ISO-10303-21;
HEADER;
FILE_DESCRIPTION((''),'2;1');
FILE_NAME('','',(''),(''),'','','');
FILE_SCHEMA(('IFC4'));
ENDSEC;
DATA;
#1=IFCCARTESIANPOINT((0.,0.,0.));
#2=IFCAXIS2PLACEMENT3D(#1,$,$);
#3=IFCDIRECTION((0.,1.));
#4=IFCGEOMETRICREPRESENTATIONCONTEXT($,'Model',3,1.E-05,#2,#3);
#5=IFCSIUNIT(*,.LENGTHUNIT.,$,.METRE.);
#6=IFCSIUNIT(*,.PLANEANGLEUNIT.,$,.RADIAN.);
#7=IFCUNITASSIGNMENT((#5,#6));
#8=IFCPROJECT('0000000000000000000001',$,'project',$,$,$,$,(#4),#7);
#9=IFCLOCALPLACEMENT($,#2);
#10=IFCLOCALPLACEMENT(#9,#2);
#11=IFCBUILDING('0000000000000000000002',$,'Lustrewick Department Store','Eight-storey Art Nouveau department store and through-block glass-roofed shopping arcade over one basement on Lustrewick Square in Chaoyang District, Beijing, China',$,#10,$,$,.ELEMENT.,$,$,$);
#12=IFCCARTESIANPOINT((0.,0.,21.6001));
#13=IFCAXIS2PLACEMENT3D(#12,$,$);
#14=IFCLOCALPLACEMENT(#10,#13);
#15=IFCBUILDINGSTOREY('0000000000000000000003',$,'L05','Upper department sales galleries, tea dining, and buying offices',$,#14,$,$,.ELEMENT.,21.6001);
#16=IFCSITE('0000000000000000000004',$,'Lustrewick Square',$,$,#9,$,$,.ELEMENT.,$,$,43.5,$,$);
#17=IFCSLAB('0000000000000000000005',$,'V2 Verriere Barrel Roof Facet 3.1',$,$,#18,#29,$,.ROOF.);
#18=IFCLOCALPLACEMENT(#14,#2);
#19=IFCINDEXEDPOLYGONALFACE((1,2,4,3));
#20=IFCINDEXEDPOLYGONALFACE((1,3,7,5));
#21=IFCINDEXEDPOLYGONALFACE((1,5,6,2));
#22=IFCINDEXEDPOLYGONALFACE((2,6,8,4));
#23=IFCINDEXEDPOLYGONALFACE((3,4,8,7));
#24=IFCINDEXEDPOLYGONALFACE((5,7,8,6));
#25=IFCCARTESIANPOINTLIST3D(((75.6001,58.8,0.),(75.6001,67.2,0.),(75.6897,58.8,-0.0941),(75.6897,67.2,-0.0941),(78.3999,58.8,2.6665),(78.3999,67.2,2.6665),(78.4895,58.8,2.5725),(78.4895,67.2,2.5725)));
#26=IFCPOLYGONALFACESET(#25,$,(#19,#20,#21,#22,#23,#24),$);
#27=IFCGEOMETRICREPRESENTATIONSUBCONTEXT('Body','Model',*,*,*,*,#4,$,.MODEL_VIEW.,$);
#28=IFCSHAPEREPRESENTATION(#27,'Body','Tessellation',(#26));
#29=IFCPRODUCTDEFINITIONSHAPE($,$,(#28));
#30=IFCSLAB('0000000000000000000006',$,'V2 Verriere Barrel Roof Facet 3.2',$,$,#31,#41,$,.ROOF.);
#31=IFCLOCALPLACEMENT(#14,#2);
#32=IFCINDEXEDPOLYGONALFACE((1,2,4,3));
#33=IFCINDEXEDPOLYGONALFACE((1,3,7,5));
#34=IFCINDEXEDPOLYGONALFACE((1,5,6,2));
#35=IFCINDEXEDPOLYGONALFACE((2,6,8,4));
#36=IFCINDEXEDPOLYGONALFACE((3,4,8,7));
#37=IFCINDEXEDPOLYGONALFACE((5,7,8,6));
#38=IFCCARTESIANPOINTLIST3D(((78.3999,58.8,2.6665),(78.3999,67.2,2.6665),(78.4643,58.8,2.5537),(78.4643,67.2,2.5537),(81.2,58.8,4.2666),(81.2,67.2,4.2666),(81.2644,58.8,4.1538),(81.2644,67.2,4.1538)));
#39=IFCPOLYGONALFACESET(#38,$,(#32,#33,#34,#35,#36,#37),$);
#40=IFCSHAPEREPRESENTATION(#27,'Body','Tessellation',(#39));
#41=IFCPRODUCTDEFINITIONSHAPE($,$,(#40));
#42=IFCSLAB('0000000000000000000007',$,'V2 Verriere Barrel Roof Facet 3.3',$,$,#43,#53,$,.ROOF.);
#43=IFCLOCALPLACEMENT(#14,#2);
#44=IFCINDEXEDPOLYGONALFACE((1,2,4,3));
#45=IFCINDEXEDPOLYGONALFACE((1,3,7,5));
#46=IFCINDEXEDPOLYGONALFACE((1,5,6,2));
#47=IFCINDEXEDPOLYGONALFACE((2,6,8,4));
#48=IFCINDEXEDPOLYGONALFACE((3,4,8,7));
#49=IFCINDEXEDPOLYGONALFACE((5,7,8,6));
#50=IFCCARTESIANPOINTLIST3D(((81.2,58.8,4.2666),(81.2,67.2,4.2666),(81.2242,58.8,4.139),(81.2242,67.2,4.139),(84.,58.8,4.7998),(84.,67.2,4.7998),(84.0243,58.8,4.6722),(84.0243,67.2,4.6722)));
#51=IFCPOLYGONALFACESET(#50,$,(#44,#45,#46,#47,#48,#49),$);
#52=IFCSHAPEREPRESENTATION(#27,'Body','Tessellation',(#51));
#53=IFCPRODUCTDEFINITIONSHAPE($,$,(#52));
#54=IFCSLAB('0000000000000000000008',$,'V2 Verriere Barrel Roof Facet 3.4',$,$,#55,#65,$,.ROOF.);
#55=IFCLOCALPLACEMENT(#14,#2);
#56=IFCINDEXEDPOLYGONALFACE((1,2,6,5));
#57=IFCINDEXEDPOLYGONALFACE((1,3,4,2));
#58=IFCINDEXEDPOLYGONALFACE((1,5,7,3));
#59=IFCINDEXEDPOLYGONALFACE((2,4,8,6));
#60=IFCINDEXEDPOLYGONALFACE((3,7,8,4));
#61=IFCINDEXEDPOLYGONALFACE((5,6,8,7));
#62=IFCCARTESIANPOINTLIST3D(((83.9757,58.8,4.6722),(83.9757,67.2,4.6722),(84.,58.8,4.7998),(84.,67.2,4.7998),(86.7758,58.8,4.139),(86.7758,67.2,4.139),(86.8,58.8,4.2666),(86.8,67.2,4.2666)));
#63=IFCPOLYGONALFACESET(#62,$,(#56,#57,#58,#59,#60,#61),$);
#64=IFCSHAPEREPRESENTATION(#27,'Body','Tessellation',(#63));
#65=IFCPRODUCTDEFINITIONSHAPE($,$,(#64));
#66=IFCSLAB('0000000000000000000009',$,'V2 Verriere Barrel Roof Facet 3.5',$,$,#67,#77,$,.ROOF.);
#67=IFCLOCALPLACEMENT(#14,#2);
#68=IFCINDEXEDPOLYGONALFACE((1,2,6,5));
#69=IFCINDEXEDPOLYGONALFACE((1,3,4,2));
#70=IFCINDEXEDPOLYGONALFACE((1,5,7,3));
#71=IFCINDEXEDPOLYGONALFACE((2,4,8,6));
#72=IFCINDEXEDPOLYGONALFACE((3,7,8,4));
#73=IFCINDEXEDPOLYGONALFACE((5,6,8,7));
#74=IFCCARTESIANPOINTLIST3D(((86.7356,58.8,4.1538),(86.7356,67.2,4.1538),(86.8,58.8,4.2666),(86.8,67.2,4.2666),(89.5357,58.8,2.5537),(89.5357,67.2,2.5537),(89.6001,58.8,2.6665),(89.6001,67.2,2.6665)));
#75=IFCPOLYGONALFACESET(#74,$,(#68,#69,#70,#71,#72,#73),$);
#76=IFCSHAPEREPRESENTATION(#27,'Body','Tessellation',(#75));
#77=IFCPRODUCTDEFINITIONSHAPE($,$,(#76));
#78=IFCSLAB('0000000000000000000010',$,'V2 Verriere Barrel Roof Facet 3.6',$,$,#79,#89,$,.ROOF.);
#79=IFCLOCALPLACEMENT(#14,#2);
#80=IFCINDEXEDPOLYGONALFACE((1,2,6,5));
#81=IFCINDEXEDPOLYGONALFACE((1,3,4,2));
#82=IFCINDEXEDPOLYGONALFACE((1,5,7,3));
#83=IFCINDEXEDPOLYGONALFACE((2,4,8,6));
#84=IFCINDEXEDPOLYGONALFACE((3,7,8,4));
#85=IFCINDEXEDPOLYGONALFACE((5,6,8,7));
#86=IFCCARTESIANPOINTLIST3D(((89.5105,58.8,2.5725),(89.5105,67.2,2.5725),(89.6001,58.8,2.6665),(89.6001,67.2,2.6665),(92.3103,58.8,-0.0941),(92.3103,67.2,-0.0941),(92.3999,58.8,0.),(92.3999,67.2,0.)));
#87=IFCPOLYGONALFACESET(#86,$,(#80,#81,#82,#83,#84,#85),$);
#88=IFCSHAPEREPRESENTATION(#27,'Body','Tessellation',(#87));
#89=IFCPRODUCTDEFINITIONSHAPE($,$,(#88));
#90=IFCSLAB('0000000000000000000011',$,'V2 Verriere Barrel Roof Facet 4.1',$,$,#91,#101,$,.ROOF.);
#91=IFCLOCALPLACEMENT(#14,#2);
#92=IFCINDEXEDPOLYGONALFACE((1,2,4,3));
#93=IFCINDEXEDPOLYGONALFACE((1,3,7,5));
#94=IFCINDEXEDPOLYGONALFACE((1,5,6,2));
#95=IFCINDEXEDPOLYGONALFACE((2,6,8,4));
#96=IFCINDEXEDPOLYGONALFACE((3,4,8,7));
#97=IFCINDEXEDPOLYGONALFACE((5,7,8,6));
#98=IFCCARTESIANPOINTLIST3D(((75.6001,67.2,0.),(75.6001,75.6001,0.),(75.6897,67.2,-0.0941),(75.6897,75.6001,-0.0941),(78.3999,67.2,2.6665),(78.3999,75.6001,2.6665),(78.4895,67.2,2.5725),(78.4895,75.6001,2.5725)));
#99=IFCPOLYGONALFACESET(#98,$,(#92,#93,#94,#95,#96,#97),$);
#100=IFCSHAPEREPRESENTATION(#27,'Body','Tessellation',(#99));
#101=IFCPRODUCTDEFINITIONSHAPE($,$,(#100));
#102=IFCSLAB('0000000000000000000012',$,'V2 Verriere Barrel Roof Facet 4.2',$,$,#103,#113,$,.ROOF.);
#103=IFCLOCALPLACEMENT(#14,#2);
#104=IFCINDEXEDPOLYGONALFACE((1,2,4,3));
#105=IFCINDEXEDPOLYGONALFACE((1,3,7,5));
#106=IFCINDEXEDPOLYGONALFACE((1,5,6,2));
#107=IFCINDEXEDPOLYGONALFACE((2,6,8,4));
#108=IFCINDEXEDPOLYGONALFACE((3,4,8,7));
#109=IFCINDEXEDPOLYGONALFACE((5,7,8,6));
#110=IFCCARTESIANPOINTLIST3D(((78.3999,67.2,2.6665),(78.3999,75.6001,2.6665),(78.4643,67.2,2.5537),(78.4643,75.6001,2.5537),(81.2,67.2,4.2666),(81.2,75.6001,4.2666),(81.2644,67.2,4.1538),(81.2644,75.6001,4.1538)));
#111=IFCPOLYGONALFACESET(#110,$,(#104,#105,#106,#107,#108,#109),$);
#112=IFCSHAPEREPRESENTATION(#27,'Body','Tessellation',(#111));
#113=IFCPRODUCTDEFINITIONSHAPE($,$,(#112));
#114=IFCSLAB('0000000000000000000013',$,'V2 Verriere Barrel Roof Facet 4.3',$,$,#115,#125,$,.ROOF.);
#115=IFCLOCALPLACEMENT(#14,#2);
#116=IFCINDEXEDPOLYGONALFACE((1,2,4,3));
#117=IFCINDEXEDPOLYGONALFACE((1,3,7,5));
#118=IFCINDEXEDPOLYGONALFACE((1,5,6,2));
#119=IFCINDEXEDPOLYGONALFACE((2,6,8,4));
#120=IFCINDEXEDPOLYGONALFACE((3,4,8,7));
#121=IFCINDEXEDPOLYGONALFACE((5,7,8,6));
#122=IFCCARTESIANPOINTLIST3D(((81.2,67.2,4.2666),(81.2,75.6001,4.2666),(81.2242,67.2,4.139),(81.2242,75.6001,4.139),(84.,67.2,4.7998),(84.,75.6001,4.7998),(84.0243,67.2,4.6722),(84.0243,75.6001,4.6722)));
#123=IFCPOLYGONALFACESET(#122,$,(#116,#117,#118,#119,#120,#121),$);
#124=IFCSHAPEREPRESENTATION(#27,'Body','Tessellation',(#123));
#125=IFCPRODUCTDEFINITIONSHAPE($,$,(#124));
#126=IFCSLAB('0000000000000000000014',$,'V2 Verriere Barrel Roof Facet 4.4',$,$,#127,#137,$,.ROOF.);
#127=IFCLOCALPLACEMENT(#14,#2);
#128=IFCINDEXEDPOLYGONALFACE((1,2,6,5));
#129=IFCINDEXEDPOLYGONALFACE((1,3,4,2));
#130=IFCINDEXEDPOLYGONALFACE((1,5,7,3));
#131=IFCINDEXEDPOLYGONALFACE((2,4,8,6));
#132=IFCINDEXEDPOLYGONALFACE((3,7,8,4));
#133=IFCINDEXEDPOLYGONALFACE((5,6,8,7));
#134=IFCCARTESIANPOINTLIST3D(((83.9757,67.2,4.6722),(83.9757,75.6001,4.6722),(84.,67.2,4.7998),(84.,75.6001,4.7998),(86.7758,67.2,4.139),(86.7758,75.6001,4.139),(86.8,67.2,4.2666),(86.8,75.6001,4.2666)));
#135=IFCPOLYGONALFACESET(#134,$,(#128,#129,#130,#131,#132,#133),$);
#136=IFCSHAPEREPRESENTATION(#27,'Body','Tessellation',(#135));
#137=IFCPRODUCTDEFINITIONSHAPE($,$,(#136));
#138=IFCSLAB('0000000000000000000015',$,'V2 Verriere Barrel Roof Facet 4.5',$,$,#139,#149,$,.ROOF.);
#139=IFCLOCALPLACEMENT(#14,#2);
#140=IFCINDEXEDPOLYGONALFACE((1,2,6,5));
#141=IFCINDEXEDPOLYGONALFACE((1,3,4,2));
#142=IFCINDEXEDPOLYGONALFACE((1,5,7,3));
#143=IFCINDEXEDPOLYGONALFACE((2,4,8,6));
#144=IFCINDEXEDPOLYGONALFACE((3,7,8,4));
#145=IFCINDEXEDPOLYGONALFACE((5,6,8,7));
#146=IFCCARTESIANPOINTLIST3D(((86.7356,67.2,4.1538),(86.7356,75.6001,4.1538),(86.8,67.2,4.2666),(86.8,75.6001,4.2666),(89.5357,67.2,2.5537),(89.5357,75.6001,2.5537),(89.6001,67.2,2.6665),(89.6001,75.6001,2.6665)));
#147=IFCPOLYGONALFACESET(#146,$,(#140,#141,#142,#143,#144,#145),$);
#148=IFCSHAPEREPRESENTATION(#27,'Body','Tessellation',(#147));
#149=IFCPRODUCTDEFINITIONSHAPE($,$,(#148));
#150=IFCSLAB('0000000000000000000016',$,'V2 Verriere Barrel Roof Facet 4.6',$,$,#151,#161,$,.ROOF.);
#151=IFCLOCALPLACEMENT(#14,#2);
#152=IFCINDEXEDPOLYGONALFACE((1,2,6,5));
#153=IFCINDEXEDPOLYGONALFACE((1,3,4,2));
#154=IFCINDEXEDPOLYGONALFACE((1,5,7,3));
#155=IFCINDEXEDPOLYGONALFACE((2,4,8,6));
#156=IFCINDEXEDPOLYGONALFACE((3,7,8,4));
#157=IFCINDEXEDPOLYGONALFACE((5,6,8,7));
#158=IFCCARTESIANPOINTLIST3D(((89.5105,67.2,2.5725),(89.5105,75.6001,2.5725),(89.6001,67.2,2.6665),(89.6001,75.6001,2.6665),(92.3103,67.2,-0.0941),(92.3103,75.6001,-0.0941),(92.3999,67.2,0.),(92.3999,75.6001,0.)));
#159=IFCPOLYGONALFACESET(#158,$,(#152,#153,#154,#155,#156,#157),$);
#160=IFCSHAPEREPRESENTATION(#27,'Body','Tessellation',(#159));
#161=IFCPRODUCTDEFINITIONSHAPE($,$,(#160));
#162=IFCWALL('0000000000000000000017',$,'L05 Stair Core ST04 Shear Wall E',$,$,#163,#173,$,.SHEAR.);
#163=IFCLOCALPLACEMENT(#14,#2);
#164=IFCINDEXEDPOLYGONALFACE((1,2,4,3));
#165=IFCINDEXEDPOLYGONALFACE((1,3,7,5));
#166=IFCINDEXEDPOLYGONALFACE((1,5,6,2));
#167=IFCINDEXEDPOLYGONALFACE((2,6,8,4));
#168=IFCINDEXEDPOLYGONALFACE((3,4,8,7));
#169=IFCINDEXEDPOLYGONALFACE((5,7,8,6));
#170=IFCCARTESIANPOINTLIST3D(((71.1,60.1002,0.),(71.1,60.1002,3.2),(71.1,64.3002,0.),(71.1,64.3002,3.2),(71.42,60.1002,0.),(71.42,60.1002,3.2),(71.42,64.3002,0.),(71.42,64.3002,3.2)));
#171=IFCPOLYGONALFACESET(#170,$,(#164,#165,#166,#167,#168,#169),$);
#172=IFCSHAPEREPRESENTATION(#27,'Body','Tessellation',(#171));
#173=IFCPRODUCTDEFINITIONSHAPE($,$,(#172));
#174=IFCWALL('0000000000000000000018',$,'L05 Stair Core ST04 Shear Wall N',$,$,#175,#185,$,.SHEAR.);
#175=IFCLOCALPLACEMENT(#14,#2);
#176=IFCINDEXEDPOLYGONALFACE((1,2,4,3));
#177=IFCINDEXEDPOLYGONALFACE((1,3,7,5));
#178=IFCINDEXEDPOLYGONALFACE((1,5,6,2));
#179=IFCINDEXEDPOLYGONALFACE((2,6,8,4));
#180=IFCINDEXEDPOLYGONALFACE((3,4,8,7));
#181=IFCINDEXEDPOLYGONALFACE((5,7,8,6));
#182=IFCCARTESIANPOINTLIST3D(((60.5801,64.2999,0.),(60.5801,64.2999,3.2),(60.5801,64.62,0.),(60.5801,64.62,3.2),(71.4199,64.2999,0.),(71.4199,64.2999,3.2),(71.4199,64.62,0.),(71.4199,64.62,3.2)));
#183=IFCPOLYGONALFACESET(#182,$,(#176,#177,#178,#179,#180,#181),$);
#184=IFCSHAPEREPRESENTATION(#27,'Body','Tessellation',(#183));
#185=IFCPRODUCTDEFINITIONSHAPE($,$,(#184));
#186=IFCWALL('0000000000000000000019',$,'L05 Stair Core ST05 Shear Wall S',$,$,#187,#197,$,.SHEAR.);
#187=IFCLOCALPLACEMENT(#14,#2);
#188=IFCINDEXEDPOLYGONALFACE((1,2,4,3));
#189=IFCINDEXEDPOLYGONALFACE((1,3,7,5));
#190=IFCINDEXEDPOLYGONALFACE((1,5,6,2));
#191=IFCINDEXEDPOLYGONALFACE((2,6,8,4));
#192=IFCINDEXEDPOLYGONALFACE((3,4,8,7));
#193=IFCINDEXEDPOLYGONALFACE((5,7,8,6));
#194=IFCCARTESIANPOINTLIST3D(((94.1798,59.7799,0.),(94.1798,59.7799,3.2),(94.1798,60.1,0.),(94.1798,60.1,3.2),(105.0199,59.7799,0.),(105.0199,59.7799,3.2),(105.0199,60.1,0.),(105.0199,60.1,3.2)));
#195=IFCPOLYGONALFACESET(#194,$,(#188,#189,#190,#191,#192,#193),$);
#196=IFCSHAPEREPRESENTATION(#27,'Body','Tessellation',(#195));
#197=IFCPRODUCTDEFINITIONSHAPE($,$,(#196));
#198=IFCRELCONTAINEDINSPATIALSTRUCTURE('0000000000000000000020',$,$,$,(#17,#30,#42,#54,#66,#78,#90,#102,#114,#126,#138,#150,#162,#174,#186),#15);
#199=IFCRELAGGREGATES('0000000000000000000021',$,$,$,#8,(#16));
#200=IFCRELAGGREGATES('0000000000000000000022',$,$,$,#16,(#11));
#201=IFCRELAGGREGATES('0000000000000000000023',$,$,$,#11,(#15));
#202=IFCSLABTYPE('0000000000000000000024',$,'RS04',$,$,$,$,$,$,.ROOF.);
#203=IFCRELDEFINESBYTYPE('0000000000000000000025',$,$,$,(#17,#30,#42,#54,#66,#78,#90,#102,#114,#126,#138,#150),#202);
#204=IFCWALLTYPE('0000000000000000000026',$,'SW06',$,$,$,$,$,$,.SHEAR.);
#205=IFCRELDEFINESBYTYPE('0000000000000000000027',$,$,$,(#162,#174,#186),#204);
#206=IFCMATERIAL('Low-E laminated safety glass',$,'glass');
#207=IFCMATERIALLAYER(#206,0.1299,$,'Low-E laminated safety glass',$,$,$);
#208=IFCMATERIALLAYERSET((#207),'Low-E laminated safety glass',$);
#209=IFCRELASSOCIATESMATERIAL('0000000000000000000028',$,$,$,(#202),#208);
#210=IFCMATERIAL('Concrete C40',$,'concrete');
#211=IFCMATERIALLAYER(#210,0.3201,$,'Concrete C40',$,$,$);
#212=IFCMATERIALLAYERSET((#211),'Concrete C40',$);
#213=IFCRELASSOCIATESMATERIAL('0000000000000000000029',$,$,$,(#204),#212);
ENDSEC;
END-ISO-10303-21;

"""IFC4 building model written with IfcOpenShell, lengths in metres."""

from ifc_helpers import new_model, si_unit, direction, frame, frame_2d, origin, place, context, subcontext, project, spatial, polyline, rectangle, outline, extrude, material, layer, layer_set, type_object, element, save


model = new_model("IFC4")

# Units and contexts
model_context = context("Model", 3, precision=1e-05, world=origin(), true_north=direction((0.0, 1.0)))
body_context = subcontext(model_context, "Body", "Model", "MODEL_VIEW")
ifc_project = project(units=[si_unit("LENGTHUNIT", "METRE"), si_unit("PLANEANGLEUNIT", "RADIAN")], contexts=[model_context])

# Site, building, storey
site_placement = place(None, origin())
site = spatial("IfcSite", under=ifc_project, at=site_placement, Name="Lustrewick Square", CompositionType="ELEMENT", RefElevation=43.5)
building_placement = place(site_placement, origin())
building = spatial("IfcBuilding", under=site, at=building_placement, Name="Lustrewick Department Store", Description="Eight-storey Art Nouveau department store and through-block glass-roofed shopping arcade over one basement on Lustrewick Square in Chaoyang District, Beijing, China", CompositionType="ELEMENT")
storey_placement = place(building_placement, frame((0.0, 0.0, 21.6001)))
storey = spatial("IfcBuildingStorey", under=building, at=storey_placement, Name="L05", Description="Upper department sales galleries, tea dining, and buying offices", CompositionType="ELEMENT", Elevation=21.6001)

# Slabs
ifc_material_1 = material(Name="Low-E laminated safety glass", Category="glass")
ifc_layer_1 = layer(ifc_material_1, 0.1299, Name="Low-E laminated safety glass")
ifc_layer_set_1 = layer_set([ifc_layer_1], Name="Low-E laminated safety glass")
slab_type = type_object("IfcSlabType", Name="RS04", PredefinedType="ROOF", material=ifc_layer_set_1)
slab_1_placement = place(storey_placement, frame((75.6001, 58.8, 0.0), z_axis=(-0.689658, 0.0, 0.724135), x_axis=(0.724135, 0.0, 0.689658)))
element("IfcSlab", 1, at=slab_1_placement, inside=storey, type_object=slab_type, Name="V2 Verriere Barrel Roof Facet 3.1", PredefinedType="ROOF", context=body_context, shape_type="SweptSolid", body=[
    extrude(outline(polyline([(0.0, 0.0), (3.8664, 0.0), (3.8664, 8.3999), (0.0, 8.3999), (0.0, 0.0)])), origin(), (0.0, 0.0, -1.0), 0.1299),
])
slab_2_placement = place(storey_placement, frame((78.3999, 58.8, 2.6665), z_axis=(-0.496155, 0.0, 0.868234), x_axis=(0.868234, 0.0, 0.496155)))
element("IfcSlab", 2, at=slab_2_placement, inside=storey, type_object=slab_type, Name="V2 Verriere Barrel Roof Facet 3.2", PredefinedType="ROOF", context=body_context, shape_type="SweptSolid", body=[
    extrude(outline(polyline([(0.0, 0.0), (3.225, 0.0), (3.225, 8.3999), (0.0, 8.3999), (0.0, 0.0)])), origin(), (0.0, 0.0, -1.0), 0.1299),
])
for number, where, z_axis, x_axis, name in (
    (3, (81.2, 58.8, 4.2666), (-0.187065, 0.0, 0.982348), (0.982348, 0.0, 0.187065), "V2 Verriere Barrel Roof Facet 3.3"),
    (4, (84.0, 58.8, 4.7998), (0.187065, 0.0, 0.982348), (0.982348, 0.0, -0.187065), "V2 Verriere Barrel Roof Facet 3.4"),
):
    element("IfcSlab", number, at=place(storey_placement, frame(where, z_axis=z_axis, x_axis=x_axis)), inside=storey, type_object=slab_type, Name=name, PredefinedType="ROOF", context=body_context, shape_type="SweptSolid", body=[
        extrude(outline(polyline([(0.0, 0.0), (2.8504, 0.0), (2.8504, 8.3999), (0.0, 8.3999), (0.0, 0.0)])), origin(), (0.0, 0.0, -1.0), 0.1299),
    ])
slab_3_placement = place(storey_placement, frame((86.8, 58.8, 4.2666), z_axis=(0.496155, 0.0, 0.868234), x_axis=(0.868234, 0.0, -0.496155)))
element("IfcSlab", 5, at=slab_3_placement, inside=storey, type_object=slab_type, Name="V2 Verriere Barrel Roof Facet 3.5", PredefinedType="ROOF", context=body_context, shape_type="SweptSolid", body=[
    extrude(outline(polyline([(0.0, 0.0), (3.225, 0.0), (3.225, 8.3999), (0.0, 8.3999), (0.0, 0.0)])), origin(), (0.0, 0.0, -1.0), 0.1299),
])
slab_4_placement = place(storey_placement, frame((89.6001, 58.8, 2.6665), z_axis=(0.689658, 0.0, 0.724135), x_axis=(0.724135, 0.0, -0.689658)))
element("IfcSlab", 6, at=slab_4_placement, inside=storey, type_object=slab_type, Name="V2 Verriere Barrel Roof Facet 3.6", PredefinedType="ROOF", context=body_context, shape_type="SweptSolid", body=[
    extrude(outline(polyline([(0.0, 0.0), (3.8664, 0.0), (3.8664, 8.3999), (0.0, 8.3999), (0.0, 0.0)])), origin(), (0.0, 0.0, -1.0), 0.1299),
])
slab_5_placement = place(storey_placement, frame((75.6001, 67.2, 0.0), z_axis=(-0.689658, 0.0, 0.724135), x_axis=(0.724135, 0.0, 0.689658)))
element("IfcSlab", 7, at=slab_5_placement, inside=storey, type_object=slab_type, Name="V2 Verriere Barrel Roof Facet 4.1", PredefinedType="ROOF", context=body_context, shape_type="SweptSolid", body=[
    extrude(outline(polyline([(0.0, 0.0), (3.8664, 0.0), (3.8664, 8.4001), (0.0, 8.4001), (0.0, 0.0)])), origin(), (0.0, 0.0, -1.0), 0.1299),
])
slab_6_placement = place(storey_placement, frame((78.3999, 67.2, 2.6665), z_axis=(-0.496155, 0.0, 0.868234), x_axis=(0.868234, 0.0, 0.496155)))
element("IfcSlab", 8, at=slab_6_placement, inside=storey, type_object=slab_type, Name="V2 Verriere Barrel Roof Facet 4.2", PredefinedType="ROOF", context=body_context, shape_type="SweptSolid", body=[
    extrude(outline(polyline([(0.0, 0.0), (3.225, 0.0), (3.225, 8.4001), (0.0, 8.4001), (0.0, 0.0)])), origin(), (0.0, 0.0, -1.0), 0.1299),
])
for number, where, z_axis, x_axis, name in (
    (9, (81.2, 67.2, 4.2666), (-0.187065, 0.0, 0.982348), (0.982348, 0.0, 0.187065), "V2 Verriere Barrel Roof Facet 4.3"),
    (10, (84.0, 67.2, 4.7998), (0.187065, 0.0, 0.982348), (0.982348, 0.0, -0.187065), "V2 Verriere Barrel Roof Facet 4.4"),
):
    element("IfcSlab", number, at=place(storey_placement, frame(where, z_axis=z_axis, x_axis=x_axis)), inside=storey, type_object=slab_type, Name=name, PredefinedType="ROOF", context=body_context, shape_type="SweptSolid", body=[
        extrude(outline(polyline([(0.0, 0.0), (2.8504, 0.0), (2.8504, 8.4001), (0.0, 8.4001), (0.0, 0.0)])), origin(), (0.0, 0.0, -1.0), 0.1299),
    ])
slab_7_placement = place(storey_placement, frame((86.8, 67.2, 4.2666), z_axis=(0.496155, 0.0, 0.868234), x_axis=(0.868234, 0.0, -0.496155)))
element("IfcSlab", 11, at=slab_7_placement, inside=storey, type_object=slab_type, Name="V2 Verriere Barrel Roof Facet 4.5", PredefinedType="ROOF", context=body_context, shape_type="SweptSolid", body=[
    extrude(outline(polyline([(0.0, 0.0), (3.225, 0.0), (3.225, 8.4001), (0.0, 8.4001), (0.0, 0.0)])), origin(), (0.0, 0.0, -1.0), 0.1299),
])
slab_8_placement = place(storey_placement, frame((89.6001, 67.2, 2.6665), z_axis=(0.689658, 0.0, 0.724135), x_axis=(0.724135, 0.0, -0.689658)))
element("IfcSlab", 12, at=slab_8_placement, inside=storey, type_object=slab_type, Name="V2 Verriere Barrel Roof Facet 4.6", PredefinedType="ROOF", context=body_context, shape_type="SweptSolid", body=[
    extrude(outline(polyline([(0.0, 0.0), (3.8664, 0.0), (3.8664, 8.4001), (0.0, 8.4001), (0.0, 0.0)])), origin(), (0.0, 0.0, -1.0), 0.1299),
])

# Walls
ifc_material_2 = material(Name="Concrete C40", Category="concrete")
ifc_layer_2 = layer(ifc_material_2, 0.3201, Name="Concrete C40")
ifc_layer_set_2 = layer_set([ifc_layer_2], Name="Concrete C40")
wall_type = type_object("IfcWallType", Name="SW06", PredefinedType="SHEAR", material=ifc_layer_set_2)
wall_1_placement = place(storey_placement, frame((71.26, 60.1001, 0.0), z_axis=(0.0, 0.0, 1.0), x_axis=(0.0, 1.0, 0.0)))
element("IfcWall", 13, at=wall_1_placement, inside=storey, type_object=wall_type, Name="L05 Stair Core ST04 Shear Wall E", PredefinedType="SHEAR", context=body_context, shape_type="SweptSolid", body=[
    extrude(rectangle(XDim=4.2, YDim=0.3201, at=frame_2d((2.1001, 0.0))), origin(), (0.0, 0.0, 1.0), 3.2),
])
wall_2_placement = place(storey_placement, frame((71.4199, 64.46, 0.0), z_axis=(0.0, 0.0, 1.0), x_axis=(-1.0, 0.0, 0.0)))
element("IfcWall", 14, at=wall_2_placement, inside=storey, type_object=wall_type, Name="L05 Stair Core ST04 Shear Wall N", PredefinedType="SHEAR", context=body_context, shape_type="SweptSolid", body=[
    extrude(rectangle(XDim=10.8398, YDim=0.3201, at=frame_2d((5.4199, 0.0))), origin(), (0.0, 0.0, 1.0), 3.2),
])
wall_3_placement = place(storey_placement, frame((94.1799, 59.9399, 0.0), z_axis=(0.0, 0.0, 1.0), x_axis=(1.0, 0.0, 0.0)))
element("IfcWall", 15, at=wall_3_placement, inside=storey, type_object=wall_type, Name="L05 Stair Core ST05 Shear Wall S", PredefinedType="SHEAR", context=body_context, shape_type="SweptSolid", body=[
    extrude(rectangle(XDim=10.8401, YDim=0.3201, at=frame_2d((5.4199, 0.0))), origin(), (0.0, 0.0, 1.0), 3.2),
])

save(model, "model.ifc")
